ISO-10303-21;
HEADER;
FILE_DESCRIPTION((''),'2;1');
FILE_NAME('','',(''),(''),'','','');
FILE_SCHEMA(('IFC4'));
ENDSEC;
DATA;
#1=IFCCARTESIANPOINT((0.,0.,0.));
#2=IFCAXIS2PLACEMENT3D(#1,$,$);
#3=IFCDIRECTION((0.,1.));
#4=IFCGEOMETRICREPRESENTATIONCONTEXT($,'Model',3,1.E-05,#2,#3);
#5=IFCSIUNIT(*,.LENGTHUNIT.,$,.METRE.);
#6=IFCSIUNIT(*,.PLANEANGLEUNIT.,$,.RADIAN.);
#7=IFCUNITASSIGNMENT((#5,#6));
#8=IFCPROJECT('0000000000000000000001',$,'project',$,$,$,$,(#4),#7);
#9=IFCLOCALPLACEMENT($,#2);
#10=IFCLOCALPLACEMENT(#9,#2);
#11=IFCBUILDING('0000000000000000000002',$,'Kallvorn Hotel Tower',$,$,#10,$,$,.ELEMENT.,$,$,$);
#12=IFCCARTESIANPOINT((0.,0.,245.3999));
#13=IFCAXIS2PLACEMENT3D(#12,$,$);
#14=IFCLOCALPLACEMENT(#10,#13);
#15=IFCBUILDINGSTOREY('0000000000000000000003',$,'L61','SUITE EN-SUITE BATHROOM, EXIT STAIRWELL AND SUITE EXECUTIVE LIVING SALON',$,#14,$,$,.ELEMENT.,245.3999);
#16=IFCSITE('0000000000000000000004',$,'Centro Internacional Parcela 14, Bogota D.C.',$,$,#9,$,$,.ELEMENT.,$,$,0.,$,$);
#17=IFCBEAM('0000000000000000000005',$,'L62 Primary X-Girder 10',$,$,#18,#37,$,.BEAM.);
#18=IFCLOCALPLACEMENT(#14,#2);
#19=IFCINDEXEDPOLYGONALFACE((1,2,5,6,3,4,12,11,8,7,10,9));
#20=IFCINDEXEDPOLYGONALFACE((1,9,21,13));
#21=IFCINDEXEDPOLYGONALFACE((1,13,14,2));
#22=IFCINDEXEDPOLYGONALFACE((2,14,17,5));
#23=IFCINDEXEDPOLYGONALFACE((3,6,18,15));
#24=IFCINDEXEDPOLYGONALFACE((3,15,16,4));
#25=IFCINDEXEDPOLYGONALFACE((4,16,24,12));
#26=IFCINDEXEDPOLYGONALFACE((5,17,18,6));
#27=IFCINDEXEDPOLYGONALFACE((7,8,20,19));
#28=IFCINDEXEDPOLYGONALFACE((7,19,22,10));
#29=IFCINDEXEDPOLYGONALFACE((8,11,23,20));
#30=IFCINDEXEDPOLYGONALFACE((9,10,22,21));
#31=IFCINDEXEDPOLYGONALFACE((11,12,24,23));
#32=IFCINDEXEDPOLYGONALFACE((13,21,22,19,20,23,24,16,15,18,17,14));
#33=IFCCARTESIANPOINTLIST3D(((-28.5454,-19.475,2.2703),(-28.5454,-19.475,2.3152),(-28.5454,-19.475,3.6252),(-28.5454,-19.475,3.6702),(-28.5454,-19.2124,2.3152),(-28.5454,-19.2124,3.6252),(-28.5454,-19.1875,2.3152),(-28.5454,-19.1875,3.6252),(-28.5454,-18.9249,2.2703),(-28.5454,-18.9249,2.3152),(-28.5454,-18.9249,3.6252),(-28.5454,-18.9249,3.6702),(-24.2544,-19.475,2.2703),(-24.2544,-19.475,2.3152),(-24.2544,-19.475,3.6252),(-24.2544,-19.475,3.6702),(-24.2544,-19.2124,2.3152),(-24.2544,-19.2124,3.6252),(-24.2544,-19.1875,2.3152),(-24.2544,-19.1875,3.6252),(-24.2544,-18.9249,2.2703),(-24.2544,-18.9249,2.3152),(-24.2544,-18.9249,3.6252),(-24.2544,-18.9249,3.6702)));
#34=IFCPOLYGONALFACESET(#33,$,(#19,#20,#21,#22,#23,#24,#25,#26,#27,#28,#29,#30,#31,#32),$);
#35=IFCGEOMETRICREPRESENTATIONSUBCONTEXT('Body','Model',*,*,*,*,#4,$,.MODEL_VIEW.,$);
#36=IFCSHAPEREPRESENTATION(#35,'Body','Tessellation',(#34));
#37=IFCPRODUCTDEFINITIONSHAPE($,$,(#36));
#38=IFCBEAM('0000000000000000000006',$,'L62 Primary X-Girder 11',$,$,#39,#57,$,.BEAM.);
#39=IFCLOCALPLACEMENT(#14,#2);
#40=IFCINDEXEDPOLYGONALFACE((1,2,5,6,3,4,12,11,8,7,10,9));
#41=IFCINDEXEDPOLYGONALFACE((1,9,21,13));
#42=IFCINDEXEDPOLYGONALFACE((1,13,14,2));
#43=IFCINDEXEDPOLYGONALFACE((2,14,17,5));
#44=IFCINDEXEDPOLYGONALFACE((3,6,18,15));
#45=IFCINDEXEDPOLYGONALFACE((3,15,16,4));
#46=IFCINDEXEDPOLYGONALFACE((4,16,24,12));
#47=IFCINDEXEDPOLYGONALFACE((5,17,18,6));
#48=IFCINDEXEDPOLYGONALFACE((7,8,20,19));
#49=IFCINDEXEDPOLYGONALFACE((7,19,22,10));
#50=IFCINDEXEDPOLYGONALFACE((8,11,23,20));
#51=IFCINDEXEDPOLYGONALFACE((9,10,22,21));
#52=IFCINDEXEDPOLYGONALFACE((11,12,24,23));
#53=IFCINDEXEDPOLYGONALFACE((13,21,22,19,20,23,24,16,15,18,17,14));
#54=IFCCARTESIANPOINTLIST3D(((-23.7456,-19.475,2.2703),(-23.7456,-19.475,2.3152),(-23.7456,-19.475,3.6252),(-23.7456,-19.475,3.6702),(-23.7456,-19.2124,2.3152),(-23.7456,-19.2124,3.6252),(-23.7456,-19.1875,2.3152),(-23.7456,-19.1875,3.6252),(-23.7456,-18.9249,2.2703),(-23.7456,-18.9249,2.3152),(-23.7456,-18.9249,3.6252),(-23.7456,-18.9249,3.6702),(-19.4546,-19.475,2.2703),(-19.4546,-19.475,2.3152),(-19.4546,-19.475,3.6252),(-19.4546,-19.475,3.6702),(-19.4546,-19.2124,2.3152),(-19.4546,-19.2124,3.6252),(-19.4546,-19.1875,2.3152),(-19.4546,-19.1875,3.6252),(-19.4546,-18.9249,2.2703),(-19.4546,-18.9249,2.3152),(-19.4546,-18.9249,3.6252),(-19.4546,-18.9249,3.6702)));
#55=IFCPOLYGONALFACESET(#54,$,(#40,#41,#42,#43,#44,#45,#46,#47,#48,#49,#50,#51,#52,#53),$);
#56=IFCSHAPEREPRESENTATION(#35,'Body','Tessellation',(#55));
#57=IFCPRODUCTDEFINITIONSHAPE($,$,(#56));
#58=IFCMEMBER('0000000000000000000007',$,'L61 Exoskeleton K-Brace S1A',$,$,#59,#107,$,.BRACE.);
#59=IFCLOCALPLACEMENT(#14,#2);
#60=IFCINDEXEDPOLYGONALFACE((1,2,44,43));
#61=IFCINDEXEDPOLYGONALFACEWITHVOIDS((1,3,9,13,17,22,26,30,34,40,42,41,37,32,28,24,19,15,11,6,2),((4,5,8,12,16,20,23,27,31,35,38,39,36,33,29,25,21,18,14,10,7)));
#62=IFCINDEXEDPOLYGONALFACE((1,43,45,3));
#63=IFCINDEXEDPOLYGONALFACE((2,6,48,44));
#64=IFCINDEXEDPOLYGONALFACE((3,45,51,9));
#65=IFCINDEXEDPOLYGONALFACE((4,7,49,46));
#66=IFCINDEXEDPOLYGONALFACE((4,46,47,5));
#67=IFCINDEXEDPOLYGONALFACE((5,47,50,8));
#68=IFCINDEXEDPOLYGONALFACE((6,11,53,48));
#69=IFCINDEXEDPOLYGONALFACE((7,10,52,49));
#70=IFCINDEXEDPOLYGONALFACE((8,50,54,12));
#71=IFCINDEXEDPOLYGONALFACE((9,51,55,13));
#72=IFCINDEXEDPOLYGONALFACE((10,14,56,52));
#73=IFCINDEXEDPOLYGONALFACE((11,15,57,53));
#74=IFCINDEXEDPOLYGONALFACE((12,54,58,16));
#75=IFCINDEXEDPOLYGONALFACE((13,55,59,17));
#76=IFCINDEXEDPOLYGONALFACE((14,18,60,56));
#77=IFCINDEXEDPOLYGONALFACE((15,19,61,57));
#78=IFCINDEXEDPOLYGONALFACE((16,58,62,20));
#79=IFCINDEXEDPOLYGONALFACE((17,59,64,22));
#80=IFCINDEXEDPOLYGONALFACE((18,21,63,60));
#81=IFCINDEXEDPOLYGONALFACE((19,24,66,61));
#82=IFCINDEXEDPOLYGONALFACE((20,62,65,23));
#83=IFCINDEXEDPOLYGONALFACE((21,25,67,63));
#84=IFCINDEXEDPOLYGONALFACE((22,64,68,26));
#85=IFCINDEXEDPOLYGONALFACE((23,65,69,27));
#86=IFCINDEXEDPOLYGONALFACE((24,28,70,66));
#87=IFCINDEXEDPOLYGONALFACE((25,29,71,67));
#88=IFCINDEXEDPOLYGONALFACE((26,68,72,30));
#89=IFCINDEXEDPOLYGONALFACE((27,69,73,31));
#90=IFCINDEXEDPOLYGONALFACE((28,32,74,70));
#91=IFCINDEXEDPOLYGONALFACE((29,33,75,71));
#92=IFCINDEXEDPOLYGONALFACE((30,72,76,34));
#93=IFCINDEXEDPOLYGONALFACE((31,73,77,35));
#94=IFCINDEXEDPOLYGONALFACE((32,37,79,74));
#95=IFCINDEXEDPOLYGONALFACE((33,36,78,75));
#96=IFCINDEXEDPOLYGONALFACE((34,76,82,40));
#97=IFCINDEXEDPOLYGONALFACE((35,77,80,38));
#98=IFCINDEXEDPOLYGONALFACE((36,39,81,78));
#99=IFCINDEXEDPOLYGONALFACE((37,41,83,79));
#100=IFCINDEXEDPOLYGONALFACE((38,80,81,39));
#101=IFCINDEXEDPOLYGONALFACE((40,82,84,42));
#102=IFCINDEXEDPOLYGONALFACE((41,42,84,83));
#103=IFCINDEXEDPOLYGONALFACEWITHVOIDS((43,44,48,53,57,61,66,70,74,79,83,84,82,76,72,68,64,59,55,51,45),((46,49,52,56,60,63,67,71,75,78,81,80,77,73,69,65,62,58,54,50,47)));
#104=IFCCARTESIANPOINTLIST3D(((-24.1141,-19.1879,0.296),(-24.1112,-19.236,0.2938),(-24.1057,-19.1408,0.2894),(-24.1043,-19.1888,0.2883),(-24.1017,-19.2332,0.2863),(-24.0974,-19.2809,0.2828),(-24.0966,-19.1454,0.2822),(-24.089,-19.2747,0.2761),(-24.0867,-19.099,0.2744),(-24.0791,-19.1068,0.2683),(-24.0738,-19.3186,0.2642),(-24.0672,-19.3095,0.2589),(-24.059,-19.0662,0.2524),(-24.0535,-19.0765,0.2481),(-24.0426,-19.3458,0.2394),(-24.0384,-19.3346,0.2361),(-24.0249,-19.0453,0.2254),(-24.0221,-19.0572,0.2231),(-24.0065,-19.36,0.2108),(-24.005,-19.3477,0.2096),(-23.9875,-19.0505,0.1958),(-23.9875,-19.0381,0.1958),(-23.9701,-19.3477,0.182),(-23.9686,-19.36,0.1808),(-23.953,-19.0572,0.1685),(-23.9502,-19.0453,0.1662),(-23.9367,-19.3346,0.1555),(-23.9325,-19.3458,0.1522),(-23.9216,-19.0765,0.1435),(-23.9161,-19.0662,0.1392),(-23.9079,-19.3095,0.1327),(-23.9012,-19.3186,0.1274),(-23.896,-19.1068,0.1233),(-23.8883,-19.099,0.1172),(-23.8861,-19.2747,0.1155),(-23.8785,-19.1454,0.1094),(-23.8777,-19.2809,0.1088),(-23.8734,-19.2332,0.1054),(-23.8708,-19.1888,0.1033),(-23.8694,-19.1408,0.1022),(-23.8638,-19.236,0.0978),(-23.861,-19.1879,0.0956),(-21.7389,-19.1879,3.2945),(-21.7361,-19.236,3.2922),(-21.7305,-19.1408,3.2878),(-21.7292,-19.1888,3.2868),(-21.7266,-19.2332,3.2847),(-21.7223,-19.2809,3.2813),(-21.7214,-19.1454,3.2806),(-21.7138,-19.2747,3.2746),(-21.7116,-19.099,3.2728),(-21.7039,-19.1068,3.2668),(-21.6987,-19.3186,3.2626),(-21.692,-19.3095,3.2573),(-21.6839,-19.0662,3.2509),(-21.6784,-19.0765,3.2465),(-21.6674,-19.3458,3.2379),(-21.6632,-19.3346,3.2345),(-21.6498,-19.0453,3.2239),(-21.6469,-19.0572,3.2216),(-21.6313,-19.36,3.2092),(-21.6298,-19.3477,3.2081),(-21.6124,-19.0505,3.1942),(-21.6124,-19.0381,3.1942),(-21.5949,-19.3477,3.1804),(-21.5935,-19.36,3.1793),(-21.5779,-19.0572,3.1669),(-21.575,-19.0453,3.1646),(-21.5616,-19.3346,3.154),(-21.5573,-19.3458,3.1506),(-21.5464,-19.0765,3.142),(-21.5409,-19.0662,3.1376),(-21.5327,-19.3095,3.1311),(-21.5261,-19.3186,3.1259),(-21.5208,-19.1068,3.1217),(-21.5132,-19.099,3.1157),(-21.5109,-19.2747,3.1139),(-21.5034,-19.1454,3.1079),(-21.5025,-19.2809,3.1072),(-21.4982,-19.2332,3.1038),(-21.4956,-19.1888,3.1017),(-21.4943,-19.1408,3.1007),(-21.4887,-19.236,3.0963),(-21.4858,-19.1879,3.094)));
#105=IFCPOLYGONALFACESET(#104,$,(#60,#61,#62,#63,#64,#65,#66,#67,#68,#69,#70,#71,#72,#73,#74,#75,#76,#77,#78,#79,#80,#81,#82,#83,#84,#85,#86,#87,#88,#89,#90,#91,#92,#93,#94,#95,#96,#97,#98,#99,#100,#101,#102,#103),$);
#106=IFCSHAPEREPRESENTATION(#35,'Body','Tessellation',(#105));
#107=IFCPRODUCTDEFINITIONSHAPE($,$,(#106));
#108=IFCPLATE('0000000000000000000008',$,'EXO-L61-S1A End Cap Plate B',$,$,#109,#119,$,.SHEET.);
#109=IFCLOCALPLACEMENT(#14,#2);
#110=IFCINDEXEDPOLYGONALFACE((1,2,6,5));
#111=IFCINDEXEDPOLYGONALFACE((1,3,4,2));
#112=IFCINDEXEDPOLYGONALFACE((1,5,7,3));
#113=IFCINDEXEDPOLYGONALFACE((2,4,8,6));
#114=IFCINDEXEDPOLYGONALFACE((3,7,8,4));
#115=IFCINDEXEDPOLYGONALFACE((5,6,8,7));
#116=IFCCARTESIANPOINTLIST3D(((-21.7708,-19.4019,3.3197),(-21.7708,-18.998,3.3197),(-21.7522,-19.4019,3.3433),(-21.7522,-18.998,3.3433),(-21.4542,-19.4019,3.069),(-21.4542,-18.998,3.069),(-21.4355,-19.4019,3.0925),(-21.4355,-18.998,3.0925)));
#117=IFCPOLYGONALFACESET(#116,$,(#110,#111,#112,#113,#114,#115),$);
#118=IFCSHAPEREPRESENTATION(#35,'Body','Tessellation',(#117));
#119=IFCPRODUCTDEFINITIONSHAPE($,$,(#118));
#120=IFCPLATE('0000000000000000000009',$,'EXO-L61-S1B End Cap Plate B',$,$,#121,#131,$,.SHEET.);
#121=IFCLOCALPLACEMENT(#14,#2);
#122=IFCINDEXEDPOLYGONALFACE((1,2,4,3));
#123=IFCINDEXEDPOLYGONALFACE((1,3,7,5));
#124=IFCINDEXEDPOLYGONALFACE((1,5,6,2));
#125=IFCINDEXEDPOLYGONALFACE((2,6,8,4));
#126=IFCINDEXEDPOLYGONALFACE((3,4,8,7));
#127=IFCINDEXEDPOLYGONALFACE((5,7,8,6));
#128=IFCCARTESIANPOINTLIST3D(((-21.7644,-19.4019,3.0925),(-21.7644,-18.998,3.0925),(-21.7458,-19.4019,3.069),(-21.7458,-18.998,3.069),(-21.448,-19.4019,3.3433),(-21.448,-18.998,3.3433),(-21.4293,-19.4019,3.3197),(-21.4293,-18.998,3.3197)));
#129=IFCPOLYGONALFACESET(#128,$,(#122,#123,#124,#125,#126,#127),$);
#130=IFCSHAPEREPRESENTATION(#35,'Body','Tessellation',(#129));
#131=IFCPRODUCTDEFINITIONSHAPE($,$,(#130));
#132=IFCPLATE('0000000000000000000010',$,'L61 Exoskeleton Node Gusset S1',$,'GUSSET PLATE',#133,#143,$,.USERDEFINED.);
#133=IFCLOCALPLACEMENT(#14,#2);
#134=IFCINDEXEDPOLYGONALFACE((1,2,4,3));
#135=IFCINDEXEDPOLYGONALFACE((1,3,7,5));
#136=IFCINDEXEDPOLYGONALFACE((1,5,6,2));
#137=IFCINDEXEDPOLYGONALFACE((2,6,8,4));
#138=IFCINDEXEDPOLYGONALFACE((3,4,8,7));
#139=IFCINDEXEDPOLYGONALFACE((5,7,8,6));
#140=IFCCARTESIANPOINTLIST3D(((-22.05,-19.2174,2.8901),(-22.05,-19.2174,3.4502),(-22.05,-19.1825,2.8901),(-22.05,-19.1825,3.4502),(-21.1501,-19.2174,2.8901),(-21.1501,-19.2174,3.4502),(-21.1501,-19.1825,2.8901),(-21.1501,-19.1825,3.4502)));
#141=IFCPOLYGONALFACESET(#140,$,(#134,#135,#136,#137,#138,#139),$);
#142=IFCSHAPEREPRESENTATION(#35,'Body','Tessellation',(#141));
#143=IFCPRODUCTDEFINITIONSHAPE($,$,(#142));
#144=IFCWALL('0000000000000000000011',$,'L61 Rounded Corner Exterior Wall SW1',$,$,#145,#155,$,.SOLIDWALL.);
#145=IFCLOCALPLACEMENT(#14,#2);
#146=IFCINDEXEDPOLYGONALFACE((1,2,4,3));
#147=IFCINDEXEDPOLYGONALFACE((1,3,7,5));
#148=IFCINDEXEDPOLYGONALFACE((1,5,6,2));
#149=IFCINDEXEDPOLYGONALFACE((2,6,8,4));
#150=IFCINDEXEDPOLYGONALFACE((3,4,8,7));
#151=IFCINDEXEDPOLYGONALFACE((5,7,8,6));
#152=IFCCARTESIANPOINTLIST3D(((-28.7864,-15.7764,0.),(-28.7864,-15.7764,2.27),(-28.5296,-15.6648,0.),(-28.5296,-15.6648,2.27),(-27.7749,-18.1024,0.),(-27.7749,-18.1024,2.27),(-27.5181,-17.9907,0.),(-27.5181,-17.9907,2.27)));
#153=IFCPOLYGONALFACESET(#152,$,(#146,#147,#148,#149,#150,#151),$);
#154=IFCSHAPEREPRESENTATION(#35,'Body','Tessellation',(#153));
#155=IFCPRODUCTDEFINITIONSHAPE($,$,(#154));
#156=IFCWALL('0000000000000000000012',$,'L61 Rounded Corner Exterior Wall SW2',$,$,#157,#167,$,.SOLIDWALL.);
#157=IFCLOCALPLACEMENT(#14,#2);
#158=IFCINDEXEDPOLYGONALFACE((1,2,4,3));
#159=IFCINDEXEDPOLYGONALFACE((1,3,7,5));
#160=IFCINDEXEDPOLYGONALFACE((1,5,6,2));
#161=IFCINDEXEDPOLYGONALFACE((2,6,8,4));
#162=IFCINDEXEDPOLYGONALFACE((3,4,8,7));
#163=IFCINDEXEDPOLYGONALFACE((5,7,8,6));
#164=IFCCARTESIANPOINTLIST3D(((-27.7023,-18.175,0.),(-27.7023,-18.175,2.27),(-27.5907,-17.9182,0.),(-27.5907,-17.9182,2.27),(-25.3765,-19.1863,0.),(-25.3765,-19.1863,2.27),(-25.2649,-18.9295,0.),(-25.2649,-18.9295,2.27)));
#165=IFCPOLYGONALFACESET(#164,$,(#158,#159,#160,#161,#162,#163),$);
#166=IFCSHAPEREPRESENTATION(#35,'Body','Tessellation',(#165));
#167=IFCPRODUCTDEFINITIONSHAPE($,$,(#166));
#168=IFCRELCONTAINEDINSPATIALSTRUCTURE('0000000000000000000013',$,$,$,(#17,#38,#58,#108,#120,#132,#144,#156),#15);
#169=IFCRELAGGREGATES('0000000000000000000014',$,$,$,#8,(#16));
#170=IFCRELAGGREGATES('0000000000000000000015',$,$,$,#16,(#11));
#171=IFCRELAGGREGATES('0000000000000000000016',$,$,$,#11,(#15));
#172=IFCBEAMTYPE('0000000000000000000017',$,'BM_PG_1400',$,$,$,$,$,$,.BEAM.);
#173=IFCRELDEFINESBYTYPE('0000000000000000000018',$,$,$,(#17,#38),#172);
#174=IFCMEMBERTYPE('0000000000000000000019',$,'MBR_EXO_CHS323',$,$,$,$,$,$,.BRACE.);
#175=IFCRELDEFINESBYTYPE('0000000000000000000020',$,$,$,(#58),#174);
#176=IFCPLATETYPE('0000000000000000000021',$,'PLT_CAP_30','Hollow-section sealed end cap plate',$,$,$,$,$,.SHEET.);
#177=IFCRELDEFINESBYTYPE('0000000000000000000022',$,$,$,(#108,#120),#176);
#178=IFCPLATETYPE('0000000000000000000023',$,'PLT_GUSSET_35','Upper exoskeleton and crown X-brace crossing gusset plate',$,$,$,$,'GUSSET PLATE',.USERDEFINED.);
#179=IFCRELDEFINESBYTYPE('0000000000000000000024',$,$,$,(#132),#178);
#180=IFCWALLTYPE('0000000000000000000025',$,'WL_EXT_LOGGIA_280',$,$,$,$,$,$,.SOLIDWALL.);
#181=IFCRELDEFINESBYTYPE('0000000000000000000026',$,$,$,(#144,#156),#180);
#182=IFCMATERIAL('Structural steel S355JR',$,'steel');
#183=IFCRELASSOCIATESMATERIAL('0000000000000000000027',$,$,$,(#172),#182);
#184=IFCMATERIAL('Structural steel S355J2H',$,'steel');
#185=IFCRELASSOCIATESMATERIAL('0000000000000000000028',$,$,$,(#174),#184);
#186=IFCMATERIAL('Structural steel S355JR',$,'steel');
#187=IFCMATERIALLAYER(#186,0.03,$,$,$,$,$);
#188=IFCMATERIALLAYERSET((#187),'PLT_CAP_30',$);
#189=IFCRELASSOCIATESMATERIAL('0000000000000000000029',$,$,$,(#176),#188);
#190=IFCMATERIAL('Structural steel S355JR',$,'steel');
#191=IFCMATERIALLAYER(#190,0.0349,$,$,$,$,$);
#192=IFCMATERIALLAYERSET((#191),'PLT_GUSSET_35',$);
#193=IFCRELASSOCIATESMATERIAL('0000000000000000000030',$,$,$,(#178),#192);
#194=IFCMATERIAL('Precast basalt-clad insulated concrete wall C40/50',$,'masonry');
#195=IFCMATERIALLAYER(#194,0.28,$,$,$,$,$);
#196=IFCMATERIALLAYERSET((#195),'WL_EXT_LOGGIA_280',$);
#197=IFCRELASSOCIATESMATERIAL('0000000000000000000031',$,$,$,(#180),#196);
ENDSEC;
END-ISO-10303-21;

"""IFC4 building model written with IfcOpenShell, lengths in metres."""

from ifc_helpers import new_model, si_unit, direction, frame, frame_2d, origin, origin_2d, place, context, subcontext, project, spatial, polyline, rectangle, hollow_circle, i_section, outline, extrude, material, layer, layer_set, material_profile, profile_set, type_object, element, save


model = new_model("IFC4")

# Units and contexts
model_context = context("Model", 3, precision=1e-05, world=origin(), true_north=direction((0.0, 1.0)))
body_context = subcontext(model_context, "Body", "Model", "MODEL_VIEW")
ifc_project = project(units=[si_unit("LENGTHUNIT", "METRE"), si_unit("PLANEANGLEUNIT", "RADIAN")], contexts=[model_context])

# Site, building, storey
site_placement = place(None, origin())
site = spatial("IfcSite", under=ifc_project, at=site_placement, Name="Centro Internacional Parcela 14, Bogota D.C.", CompositionType="ELEMENT", RefElevation=0.0)
building_placement = place(site_placement, origin())
building = spatial("IfcBuilding", under=site, at=building_placement, Name="Kallvorn Hotel Tower", CompositionType="ELEMENT")
storey_placement = place(building_placement, frame((0.0, 0.0, 245.3999)))
storey = spatial("IfcBuildingStorey", under=building, at=storey_placement, Name="L61", Description="SUITE EN-SUITE BATHROOM, EXIT STAIRWELL AND SUITE EXECUTIVE LIVING SALON", CompositionType="ELEMENT", Elevation=245.3999)

# Beams
ifc_material_1 = material(Name="Structural steel S355JR", Category="steel")
ifc_material_profile_1 = material_profile(ifc_material_1, i_section(OverallWidth=0.55, OverallDepth=1.3999, WebThickness=0.0249, FlangeThickness=0.0449, at=origin_2d()), Name="PG 1400x550x25x45")
ifc_profile_set_1 = profile_set([ifc_material_profile_1], Name="Structural steel S355JR")
beam_type_1 = type_object("IfcBeamType", Name="BM_PG_1400", PredefinedType="BEAM", material=ifc_profile_set_1)
for number, where, z_axis, x_axis, name in (
    (1, (-28.5454, -19.2, 2.9702), (1.0, 0.0, 0.0), (0.0, 1.0, 0.0), "L62 Primary X-Girder 10"),
    (2, (-23.7456, -19.2, 2.9702), (1.0, 0.0, 0.0), (0.0, 1.0, 0.0), "L62 Primary X-Girder 11"),
):
    element("IfcBeam", number, at=place(storey_placement, frame(where, z_axis=z_axis, x_axis=x_axis)), inside=storey, type_object=beam_type_1, Name=name, PredefinedType="BEAM", context=body_context, shape_type="SweptSolid", body=[
        extrude(i_section(OverallWidth=0.55, OverallDepth=1.3999, WebThickness=0.0249, FlangeThickness=0.0449, at=origin_2d()), origin(), (0.0, 0.0, 1.0), 4.291),
    ])

# Member
ifc_material_2 = material(Name="Structural steel S355J2H", Category="steel")
ifc_material_profile_2 = material_profile(ifc_material_2, hollow_circle(Radius=0.1619, WallThickness=0.0125, at=origin_2d()), Name="CHS 323.9x12.5")
ifc_profile_set_2 = profile_set([ifc_material_profile_2], Name="Structural steel S355J2H")
member_type = type_object("IfcMemberType", Name="MBR_EXO_CHS323", PredefinedType="BRACE", material=ifc_profile_set_2)
member_placement = place(storey_placement, frame((-23.9875, -19.2, 0.1958), z_axis=(0.620929, 0.0, 0.783867), x_axis=(0.0, 1.0, 0.0)))
element("IfcMember", 3, at=member_placement, inside=storey, type_object=member_type, Name="L61 Exoskeleton K-Brace S1A", PredefinedType="BRACE", context=body_context, shape_type="SweptSolid", body=[
    extrude(hollow_circle(Radius=0.1619, WallThickness=0.0125, at=origin_2d()), origin(), (0.0, 0.0, 1.0), 3.8252),
])

# Plates
ifc_material_3 = material(Name="Structural steel S355JR", Category="steel")
ifc_layer_1 = layer(ifc_material_3, 0.03)
ifc_layer_set_1 = layer_set([ifc_layer_1], Name="PLT_CAP_30")
plate_type_1 = type_object("IfcPlateType", Name="PLT_CAP_30", Description="Hollow-section sealed end cap plate", PredefinedType="SHEET", material=ifc_layer_set_1)
plate_1_placement = place(storey_placement, frame((-21.4355, -19.4019, 3.0925), z_axis=(0.62078, 0.0, 0.783985), x_axis=(0.0, 1.0, 0.0)))
element("IfcPlate", 4, at=plate_1_placement, inside=storey, type_object=plate_type_1, Name="EXO-L61-S1A End Cap Plate B", PredefinedType="SHEET", context=body_context, shape_type="SweptSolid", body=[
    extrude(outline(polyline([(0.0, 0.0), (0.4038, 0.0), (0.4038, 0.4039), (0.0, 0.4039), (0.0, 0.0)])), origin(), (0.0, 0.0, -1.0), 0.03),
])
plate_2_placement = place(storey_placement, frame((-21.7644, -18.998, 3.0925), z_axis=(-0.621075, 0.0, 0.783751), x_axis=(0.0, -1.0, 0.0)))
element("IfcPlate", 5, at=plate_2_placement, inside=storey, type_object=plate_type_1, Name="EXO-L61-S1B End Cap Plate B", PredefinedType="SHEET", context=body_context, shape_type="SweptSolid", body=[
    extrude(outline(polyline([(0.0, 0.0), (0.4038, 0.0), (0.4038, 0.4037), (0.0, 0.4037), (0.0, 0.0)])), origin(), (0.0, 0.0, -1.0), 0.03),
])
ifc_material_4 = material(Name="Structural steel S355JR", Category="steel")
ifc_layer_2 = layer(ifc_material_4, 0.0349)
ifc_layer_set_2 = layer_set([ifc_layer_2], Name="PLT_GUSSET_35")
plate_type_2 = type_object("IfcPlateType", Name="PLT_GUSSET_35", Description="Upper exoskeleton and crown X-brace crossing gusset plate", ElementType="GUSSET PLATE", PredefinedType="USERDEFINED", material=ifc_layer_set_2)
plate_3_placement = place(storey_placement, frame((-21.6001, -19.2, 2.8901), z_axis=(0.0, 0.0, 1.0), x_axis=(1.0, 0.0, 0.0)))
element("IfcPlate", 6, at=plate_3_placement, inside=storey, type_object=plate_type_2, Name="L61 Exoskeleton Node Gusset S1", ObjectType="GUSSET PLATE", PredefinedType="USERDEFINED", context=body_context, shape_type="SweptSolid", body=[
    extrude(rectangle(XDim=0.8999, YDim=0.0349, at=origin_2d()), origin(), (0.0, 0.0, 1.0), 0.5601),
])

# Walls
ifc_material_5 = material(Name="Precast basalt-clad insulated concrete wall C40/50", Category="masonry")
ifc_layer_3 = layer(ifc_material_5, 0.28)
ifc_layer_set_3 = layer_set([ifc_layer_3], Name="WL_EXT_LOGGIA_280")
wall_type_1 = type_object("IfcWallType", Name="WL_EXT_LOGGIA_280", PredefinedType="SOLIDWALL", material=ifc_layer_set_3)
wall_1_placement = place(storey_placement, frame((-28.658, -15.7207, 0.0), z_axis=(0.0, 0.0, 1.0), x_axis=(0.398793, -0.917041, 0.0)))
element("IfcWall", 7, at=wall_1_placement, inside=storey, type_object=wall_type_1, Name="L61 Rounded Corner Exterior Wall SW1", PredefinedType="SOLIDWALL", context=body_context, shape_type="SweptSolid", body=[
    extrude(rectangle(XDim=2.5364, YDim=0.28, at=frame_2d((1.2681, 0.0))), origin(), (0.0, 0.0, 1.0), 2.27),
])
wall_2_placement = place(storey_placement, frame((-27.6465, -18.0466, 0.0), z_axis=(0.0, 0.0, 1.0), x_axis=(0.917061, -0.398747, 0.0)))
element("IfcWall", 8, at=wall_2_placement, inside=storey, type_object=wall_type_1, Name="L61 Rounded Corner Exterior Wall SW2", PredefinedType="SOLIDWALL", context=body_context, shape_type="SweptSolid", body=[
    extrude(rectangle(XDim=2.5361, YDim=0.28, at=frame_2d((1.2681, 0.0))), origin(), (0.0, 0.0, 1.0), 2.27),
])

save(model, "model.ifc")
